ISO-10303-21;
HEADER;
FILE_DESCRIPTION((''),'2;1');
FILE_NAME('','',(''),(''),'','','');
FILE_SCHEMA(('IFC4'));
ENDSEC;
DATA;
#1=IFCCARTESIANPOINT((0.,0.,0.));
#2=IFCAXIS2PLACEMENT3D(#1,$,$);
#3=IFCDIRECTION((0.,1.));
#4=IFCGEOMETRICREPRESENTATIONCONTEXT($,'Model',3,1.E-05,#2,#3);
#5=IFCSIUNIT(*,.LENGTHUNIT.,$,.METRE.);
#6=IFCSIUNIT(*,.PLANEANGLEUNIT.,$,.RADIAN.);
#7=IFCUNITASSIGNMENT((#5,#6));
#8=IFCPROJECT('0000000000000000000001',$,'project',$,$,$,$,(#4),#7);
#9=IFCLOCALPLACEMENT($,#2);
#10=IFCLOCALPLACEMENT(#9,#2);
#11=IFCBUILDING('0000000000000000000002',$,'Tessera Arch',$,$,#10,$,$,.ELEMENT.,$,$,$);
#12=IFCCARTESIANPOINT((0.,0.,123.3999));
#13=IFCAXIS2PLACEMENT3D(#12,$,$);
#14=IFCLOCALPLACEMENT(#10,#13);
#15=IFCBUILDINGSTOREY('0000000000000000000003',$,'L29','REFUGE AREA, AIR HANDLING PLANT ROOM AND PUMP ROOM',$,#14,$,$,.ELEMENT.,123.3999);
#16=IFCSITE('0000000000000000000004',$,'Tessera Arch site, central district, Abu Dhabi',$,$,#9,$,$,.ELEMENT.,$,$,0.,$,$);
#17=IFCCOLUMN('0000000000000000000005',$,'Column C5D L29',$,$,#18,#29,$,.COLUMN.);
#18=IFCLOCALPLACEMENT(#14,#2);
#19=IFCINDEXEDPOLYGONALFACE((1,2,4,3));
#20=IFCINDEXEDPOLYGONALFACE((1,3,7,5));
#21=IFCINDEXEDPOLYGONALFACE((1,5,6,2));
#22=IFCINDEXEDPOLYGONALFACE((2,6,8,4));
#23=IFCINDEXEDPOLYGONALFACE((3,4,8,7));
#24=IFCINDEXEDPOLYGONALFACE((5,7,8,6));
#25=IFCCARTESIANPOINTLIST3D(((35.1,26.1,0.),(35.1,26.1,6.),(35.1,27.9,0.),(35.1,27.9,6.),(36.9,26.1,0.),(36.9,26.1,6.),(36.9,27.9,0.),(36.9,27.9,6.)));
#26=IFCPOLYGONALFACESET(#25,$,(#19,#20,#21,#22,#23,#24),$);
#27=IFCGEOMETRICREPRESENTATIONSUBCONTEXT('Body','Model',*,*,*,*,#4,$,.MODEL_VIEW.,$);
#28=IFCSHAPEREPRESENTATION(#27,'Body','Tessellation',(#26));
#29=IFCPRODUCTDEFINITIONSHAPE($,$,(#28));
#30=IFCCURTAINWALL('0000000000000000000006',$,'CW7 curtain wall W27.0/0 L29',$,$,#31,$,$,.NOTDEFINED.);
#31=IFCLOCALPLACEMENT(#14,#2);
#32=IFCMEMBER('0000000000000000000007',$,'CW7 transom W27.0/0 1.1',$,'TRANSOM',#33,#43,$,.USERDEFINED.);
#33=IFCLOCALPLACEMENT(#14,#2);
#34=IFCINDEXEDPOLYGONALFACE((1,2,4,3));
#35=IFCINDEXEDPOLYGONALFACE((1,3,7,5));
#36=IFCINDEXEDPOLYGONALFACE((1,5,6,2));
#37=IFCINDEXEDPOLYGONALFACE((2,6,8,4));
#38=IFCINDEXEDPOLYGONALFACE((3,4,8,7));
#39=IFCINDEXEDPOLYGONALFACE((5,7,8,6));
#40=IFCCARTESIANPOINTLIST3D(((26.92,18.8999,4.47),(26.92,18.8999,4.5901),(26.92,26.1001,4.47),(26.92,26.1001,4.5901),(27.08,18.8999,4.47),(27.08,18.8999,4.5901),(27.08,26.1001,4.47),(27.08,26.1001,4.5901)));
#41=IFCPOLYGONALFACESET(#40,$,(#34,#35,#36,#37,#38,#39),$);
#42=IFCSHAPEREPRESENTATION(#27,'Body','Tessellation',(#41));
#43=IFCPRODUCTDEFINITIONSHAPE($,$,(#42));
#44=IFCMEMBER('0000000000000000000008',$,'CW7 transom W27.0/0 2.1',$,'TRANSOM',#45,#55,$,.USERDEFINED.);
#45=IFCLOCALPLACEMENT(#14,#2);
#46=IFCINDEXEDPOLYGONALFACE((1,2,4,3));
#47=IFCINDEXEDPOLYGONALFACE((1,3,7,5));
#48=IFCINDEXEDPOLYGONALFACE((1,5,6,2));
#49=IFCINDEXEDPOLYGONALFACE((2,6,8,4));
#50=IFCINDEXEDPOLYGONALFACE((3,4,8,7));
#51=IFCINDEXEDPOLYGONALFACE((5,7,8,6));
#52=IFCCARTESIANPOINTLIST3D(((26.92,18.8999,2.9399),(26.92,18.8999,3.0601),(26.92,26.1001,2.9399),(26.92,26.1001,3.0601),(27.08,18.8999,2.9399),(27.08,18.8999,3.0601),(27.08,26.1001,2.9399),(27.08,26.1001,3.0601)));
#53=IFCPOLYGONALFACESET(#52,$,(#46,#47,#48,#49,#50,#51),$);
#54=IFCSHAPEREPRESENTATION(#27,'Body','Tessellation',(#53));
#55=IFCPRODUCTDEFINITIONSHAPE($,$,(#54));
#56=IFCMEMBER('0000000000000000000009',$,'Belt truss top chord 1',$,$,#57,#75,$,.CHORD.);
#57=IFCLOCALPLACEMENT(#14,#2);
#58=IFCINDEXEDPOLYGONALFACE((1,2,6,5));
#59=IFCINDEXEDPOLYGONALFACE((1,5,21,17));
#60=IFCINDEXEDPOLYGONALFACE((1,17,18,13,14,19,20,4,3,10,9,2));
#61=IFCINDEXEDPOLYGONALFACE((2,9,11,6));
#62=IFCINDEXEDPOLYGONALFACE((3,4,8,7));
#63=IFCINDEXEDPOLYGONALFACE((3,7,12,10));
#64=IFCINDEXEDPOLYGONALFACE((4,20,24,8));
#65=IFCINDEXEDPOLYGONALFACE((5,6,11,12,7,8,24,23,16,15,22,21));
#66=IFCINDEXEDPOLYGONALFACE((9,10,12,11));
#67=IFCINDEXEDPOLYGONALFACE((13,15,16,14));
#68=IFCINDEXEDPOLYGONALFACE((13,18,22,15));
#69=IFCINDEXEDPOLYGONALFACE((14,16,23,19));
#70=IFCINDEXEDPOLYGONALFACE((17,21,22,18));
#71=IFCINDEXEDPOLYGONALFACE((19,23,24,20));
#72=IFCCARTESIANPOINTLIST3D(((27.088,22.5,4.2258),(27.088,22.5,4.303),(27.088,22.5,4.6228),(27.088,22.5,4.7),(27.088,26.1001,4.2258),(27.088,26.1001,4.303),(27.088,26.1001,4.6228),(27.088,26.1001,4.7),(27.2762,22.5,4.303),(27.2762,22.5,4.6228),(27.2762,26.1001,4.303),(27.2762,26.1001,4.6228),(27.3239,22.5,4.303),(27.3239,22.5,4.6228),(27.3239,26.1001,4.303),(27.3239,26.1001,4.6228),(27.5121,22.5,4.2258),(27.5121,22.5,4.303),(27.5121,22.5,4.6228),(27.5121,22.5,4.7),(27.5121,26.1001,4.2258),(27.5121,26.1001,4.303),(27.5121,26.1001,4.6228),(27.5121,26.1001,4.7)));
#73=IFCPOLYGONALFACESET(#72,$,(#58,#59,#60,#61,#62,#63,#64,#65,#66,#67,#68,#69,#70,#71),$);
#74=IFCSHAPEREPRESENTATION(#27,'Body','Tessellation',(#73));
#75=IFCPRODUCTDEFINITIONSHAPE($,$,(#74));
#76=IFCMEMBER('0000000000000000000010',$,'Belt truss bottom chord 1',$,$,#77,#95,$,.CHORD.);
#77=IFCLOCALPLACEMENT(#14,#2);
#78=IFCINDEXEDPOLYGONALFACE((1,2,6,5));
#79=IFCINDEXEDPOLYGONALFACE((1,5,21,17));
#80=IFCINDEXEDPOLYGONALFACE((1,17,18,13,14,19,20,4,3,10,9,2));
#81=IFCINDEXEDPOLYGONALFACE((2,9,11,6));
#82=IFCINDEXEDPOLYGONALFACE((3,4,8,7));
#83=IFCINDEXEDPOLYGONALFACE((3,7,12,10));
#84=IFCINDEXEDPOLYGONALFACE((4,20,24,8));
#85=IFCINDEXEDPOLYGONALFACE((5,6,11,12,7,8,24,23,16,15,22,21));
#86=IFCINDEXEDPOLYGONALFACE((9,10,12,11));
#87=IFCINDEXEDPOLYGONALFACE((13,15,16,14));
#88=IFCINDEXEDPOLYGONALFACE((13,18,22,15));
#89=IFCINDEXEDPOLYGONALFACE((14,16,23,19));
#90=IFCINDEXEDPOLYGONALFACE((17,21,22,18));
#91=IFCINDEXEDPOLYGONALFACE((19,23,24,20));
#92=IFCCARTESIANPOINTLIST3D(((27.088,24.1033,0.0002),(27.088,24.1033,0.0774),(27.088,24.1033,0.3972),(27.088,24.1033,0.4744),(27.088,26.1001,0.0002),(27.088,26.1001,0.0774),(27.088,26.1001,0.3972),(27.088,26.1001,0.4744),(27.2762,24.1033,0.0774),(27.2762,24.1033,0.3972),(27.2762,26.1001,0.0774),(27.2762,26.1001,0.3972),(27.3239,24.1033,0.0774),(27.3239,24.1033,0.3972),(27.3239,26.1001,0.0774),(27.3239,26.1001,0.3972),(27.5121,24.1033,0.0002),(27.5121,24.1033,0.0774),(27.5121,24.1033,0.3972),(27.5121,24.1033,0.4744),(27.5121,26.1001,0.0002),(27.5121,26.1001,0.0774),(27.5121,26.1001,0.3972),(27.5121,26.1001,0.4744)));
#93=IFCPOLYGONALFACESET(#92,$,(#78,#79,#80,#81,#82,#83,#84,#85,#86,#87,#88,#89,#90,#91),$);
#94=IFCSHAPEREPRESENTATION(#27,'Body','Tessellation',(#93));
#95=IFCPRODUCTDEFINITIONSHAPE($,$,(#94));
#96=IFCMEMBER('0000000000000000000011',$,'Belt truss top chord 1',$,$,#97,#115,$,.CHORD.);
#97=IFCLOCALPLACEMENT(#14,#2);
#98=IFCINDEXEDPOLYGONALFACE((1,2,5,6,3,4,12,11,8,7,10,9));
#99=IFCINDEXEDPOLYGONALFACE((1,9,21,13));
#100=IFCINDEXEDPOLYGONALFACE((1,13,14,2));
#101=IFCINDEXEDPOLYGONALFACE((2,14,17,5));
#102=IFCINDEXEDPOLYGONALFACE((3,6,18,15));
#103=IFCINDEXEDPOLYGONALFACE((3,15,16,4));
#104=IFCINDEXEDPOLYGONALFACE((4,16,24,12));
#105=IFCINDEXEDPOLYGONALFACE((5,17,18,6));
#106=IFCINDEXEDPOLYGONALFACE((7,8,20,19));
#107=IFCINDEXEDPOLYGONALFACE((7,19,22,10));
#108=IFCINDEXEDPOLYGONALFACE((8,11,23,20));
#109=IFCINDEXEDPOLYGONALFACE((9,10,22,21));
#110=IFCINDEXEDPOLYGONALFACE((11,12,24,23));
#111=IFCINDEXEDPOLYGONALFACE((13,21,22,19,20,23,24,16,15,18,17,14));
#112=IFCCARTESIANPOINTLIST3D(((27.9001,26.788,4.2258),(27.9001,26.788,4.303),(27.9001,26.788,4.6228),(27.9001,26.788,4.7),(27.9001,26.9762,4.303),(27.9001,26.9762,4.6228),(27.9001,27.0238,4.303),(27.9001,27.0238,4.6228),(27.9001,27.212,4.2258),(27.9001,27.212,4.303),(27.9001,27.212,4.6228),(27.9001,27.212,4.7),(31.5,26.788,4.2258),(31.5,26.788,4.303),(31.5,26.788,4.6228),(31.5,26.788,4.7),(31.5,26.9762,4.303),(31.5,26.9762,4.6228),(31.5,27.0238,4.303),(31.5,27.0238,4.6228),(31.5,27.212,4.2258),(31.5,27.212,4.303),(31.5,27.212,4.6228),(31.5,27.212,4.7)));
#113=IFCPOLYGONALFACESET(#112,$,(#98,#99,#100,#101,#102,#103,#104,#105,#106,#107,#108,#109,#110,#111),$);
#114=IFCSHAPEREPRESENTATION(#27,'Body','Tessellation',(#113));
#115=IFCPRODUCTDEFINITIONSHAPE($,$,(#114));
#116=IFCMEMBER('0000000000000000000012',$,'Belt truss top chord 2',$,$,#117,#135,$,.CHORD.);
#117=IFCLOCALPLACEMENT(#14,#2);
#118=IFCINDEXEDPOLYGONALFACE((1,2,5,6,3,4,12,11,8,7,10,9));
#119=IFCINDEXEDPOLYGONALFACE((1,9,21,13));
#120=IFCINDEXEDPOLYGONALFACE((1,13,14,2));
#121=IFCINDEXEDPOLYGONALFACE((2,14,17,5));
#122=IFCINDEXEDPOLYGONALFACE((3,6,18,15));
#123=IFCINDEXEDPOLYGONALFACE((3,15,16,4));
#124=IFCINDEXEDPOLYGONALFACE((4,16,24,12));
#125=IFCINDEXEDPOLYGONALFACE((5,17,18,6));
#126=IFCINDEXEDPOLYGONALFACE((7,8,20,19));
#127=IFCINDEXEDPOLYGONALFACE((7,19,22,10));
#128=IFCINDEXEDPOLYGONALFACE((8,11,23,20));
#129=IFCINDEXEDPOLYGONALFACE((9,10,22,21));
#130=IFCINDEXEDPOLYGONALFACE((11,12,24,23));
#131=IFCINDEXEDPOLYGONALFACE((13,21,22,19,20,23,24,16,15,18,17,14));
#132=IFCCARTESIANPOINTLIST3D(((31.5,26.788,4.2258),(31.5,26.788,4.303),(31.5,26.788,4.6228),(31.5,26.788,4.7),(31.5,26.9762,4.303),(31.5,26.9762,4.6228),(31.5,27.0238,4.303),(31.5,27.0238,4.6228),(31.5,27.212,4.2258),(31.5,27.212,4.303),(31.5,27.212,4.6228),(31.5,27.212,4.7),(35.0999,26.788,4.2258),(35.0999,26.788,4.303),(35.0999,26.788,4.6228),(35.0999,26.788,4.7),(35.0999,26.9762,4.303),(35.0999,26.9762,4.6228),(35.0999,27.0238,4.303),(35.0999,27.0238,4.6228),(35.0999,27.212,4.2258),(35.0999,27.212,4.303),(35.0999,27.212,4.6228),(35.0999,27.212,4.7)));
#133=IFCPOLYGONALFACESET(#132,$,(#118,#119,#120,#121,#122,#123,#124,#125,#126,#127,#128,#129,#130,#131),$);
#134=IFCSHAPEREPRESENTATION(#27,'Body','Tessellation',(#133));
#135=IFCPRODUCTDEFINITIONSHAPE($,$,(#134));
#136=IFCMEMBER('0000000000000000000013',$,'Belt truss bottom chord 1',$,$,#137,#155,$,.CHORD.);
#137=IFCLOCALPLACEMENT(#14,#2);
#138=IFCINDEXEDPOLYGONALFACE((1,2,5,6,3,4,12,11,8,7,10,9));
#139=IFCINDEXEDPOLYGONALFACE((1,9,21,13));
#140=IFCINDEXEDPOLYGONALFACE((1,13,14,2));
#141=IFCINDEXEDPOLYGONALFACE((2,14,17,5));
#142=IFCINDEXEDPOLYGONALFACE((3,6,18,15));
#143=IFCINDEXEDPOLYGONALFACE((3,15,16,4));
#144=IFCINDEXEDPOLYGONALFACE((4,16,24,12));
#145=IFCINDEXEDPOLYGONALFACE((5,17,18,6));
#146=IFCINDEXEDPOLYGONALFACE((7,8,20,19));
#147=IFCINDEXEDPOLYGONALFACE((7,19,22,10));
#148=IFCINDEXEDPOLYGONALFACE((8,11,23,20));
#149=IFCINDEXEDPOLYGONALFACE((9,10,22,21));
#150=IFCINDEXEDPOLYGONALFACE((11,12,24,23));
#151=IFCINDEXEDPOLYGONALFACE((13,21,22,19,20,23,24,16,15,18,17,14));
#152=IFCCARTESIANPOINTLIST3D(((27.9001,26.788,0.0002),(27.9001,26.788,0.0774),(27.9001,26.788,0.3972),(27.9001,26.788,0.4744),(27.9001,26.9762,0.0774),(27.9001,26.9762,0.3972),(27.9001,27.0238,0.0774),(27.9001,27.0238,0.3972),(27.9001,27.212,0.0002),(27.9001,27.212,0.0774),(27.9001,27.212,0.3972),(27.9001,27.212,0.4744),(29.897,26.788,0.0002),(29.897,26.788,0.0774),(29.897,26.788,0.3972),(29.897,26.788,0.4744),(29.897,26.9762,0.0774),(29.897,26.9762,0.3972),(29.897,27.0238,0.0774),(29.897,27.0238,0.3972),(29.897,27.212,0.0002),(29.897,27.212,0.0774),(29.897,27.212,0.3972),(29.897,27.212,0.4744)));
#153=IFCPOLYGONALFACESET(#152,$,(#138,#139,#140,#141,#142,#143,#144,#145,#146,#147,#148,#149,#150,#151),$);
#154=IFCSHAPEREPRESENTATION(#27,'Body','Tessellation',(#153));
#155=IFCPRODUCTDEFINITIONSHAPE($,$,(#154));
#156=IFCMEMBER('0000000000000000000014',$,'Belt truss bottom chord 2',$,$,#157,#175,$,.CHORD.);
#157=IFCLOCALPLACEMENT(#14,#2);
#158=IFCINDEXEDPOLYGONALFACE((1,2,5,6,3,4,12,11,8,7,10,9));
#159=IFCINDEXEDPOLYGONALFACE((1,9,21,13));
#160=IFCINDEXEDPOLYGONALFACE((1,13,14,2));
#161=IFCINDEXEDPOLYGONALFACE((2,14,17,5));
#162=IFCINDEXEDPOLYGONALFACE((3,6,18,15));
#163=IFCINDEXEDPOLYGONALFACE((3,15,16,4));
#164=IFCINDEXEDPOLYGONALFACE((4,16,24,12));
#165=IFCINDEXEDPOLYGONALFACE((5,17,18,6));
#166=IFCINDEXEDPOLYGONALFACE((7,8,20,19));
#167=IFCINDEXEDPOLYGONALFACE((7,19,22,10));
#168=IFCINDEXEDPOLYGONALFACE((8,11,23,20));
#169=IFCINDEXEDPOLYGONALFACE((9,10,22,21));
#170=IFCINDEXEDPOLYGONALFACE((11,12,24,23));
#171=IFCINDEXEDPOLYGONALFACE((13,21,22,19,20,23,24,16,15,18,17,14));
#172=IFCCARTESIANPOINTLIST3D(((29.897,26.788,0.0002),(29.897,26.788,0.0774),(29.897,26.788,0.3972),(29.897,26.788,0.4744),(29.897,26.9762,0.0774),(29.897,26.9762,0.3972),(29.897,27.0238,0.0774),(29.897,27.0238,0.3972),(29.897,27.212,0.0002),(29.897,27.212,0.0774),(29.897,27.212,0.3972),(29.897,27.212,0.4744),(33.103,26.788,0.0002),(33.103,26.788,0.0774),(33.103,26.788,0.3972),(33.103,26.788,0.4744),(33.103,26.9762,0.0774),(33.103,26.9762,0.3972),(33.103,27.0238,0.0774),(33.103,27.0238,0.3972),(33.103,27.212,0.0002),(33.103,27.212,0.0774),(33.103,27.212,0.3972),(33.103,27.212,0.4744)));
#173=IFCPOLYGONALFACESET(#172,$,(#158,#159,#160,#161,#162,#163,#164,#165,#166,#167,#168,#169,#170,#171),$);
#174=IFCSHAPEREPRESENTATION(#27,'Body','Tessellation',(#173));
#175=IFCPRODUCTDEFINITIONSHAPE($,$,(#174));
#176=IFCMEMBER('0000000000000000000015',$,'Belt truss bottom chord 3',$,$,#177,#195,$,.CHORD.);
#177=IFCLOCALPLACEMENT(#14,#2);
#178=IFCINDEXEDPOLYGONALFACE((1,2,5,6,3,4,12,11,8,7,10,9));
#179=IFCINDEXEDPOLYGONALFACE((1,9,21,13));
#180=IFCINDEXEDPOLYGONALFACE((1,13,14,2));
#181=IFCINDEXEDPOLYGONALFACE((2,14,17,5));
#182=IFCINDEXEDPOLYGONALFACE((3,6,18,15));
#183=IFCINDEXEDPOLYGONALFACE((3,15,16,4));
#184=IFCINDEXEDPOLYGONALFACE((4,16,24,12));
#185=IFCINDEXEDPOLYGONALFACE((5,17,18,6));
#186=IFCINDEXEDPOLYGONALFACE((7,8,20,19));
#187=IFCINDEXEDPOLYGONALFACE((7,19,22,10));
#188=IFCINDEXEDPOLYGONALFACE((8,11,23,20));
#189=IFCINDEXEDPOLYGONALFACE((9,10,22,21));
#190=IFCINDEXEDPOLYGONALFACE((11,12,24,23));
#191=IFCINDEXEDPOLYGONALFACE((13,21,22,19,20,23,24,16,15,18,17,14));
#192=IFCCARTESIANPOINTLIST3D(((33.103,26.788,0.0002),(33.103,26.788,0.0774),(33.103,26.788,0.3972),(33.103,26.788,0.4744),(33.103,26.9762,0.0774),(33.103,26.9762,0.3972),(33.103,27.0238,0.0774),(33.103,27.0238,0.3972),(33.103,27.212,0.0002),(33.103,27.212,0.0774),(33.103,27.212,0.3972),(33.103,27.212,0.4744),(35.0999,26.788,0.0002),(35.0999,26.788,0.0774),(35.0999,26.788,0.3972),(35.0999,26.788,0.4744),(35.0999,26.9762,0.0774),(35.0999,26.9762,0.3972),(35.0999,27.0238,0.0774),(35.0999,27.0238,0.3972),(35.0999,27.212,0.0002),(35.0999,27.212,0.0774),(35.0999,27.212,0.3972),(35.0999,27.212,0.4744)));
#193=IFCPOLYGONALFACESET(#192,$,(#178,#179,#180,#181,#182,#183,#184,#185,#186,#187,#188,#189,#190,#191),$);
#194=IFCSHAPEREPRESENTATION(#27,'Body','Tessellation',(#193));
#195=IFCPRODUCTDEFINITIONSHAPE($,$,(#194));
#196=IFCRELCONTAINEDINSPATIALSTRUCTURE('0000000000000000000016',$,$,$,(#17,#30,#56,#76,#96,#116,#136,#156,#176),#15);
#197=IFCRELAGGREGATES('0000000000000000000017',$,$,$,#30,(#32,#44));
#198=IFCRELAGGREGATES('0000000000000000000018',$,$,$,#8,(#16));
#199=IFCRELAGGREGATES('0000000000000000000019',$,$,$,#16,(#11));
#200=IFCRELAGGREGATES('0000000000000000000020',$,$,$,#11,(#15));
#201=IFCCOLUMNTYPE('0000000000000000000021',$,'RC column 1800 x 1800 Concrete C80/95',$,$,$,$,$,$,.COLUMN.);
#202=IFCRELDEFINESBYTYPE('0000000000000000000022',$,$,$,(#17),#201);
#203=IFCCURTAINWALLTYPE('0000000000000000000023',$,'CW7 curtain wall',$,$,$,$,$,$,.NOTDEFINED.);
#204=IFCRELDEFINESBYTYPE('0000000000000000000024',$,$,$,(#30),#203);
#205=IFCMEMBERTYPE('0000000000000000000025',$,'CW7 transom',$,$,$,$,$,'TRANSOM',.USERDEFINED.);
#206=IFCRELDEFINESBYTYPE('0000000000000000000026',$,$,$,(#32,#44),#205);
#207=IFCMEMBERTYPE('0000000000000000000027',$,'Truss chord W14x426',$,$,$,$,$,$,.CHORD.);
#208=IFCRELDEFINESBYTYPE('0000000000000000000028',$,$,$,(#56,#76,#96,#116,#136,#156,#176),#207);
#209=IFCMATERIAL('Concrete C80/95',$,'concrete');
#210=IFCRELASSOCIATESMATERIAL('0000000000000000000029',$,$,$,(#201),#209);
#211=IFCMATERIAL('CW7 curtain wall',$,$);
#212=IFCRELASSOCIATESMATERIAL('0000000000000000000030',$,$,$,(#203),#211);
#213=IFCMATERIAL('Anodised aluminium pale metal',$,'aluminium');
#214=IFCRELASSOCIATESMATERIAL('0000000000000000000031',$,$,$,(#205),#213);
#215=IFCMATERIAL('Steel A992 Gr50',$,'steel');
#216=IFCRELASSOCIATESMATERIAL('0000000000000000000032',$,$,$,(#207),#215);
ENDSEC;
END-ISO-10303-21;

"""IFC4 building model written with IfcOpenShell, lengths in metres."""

from ifc_helpers import new_model, si_unit, direction, frame, origin, origin_2d, place, context, subcontext, project, spatial, rectangle, i_section, extrude, material, material_profile, profile_set, type_object, element, aggregate, save


model = new_model("IFC4")

# Units and contexts
model_context = context("Model", 3, precision=1e-05, world=origin(), true_north=direction((0.0, 1.0)))
body_context = subcontext(model_context, "Body", "Model", "MODEL_VIEW")
ifc_project = project(units=[si_unit("LENGTHUNIT", "METRE"), si_unit("PLANEANGLEUNIT", "RADIAN")], contexts=[model_context])

# Site, building, storey
site_placement = place(None, origin())
site = spatial("IfcSite", under=ifc_project, at=site_placement, Name="Tessera Arch site, central district, Abu Dhabi", CompositionType="ELEMENT", RefElevation=0.0)
building_placement = place(site_placement, origin())
building = spatial("IfcBuilding", under=site, at=building_placement, Name="Tessera Arch", CompositionType="ELEMENT")
storey_placement = place(building_placement, frame((0.0, 0.0, 123.3999)))
storey = spatial("IfcBuildingStorey", under=building, at=storey_placement, Name="L29", Description="REFUGE AREA, AIR HANDLING PLANT ROOM AND PUMP ROOM", CompositionType="ELEMENT", Elevation=123.3999)

# Column
ifc_material_1 = material(Name="Concrete C80/95", Category="concrete")
ifc_material_profile_1 = material_profile(ifc_material_1, rectangle(XDim=1.8, YDim=1.8, at=origin_2d()), Name="RC column 1800 x 1800 Concrete C80/95")
ifc_profile_set_1 = profile_set([ifc_material_profile_1], Name="Concrete C80/95")
column_type = type_object("IfcColumnType", Name="RC column 1800 x 1800 Concrete C80/95", PredefinedType="COLUMN", material=ifc_profile_set_1)
column_placement = place(storey_placement, frame((36.0, 27.0, 0.0), z_axis=(0.0, 0.0, 1.0), x_axis=(1.0, 0.0, 0.0)))
element("IfcColumn", 1, at=column_placement, inside=storey, type_object=column_type, Name="Column C5D L29", PredefinedType="COLUMN", context=body_context, shape_type="SweptSolid", body=[
    extrude(rectangle(XDim=1.8, YDim=1.8, at=origin_2d()), origin(), (0.0, 0.0, 1.0), 6.0),
])

# Curtain wall, members
ifc_material_2 = material(Name="CW7 curtain wall")
curtain_wall_type = type_object("IfcCurtainWallType", Name="CW7 curtain wall", PredefinedType="NOTDEFINED", material=ifc_material_2)
curtain_wall_placement = place(storey_placement, origin())
curtain_wall = element("IfcCurtainWall", 2, at=curtain_wall_placement, inside=storey, type_object=curtain_wall_type, Name="CW7 curtain wall W27.0/0 L29", PredefinedType="NOTDEFINED")
ifc_material_3 = material(Name="Anodised aluminium pale metal", Category="aluminium")
ifc_material_profile_2 = material_profile(ifc_material_3, rectangle(XDim=0.1599, YDim=0.1201, at=origin_2d()), Name="AL 160x120")
ifc_profile_set_2 = profile_set([ifc_material_profile_2], Name="Anodised aluminium pale metal")
member_type_1 = type_object("IfcMemberType", Name="CW7 transom", ElementType="TRANSOM", PredefinedType="USERDEFINED", material=ifc_profile_set_2)
member_1_placement = place(storey_placement, frame((27.0, 26.1001, 4.53), z_axis=(0.0, -1.0, 0.0), x_axis=(1.0, 0.0, 0.0)))
member_1 = element("IfcMember", 3, at=member_1_placement, type_object=member_type_1, Name="CW7 transom W27.0/0 1.1", ObjectType="TRANSOM", PredefinedType="USERDEFINED", context=body_context, shape_type="SweptSolid", body=[
    extrude(rectangle(XDim=0.1599, YDim=0.1201, at=origin_2d()), origin(), (0.0, 0.0, 1.0), 7.2002),
])
member_2_placement = place(storey_placement, frame((27.0, 26.1001, 3.0), z_axis=(0.0, -1.0, 0.0), x_axis=(1.0, 0.0, 0.0)))
member_2 = element("IfcMember", 4, at=member_2_placement, type_object=member_type_1, Name="CW7 transom W27.0/0 2.1", ObjectType="TRANSOM", PredefinedType="USERDEFINED", context=body_context, shape_type="SweptSolid", body=[
    extrude(rectangle(XDim=0.1599, YDim=0.1201, at=origin_2d()), origin(), (0.0, 0.0, 1.0), 7.2002),
])

# Members
ifc_material_4 = material(Name="Steel A992 Gr50", Category="steel")
ifc_material_profile_3 = material_profile(ifc_material_4, i_section(OverallWidth=0.4241, OverallDepth=0.4741, WebThickness=0.0476, FlangeThickness=0.0771, at=origin_2d()), Name="W14x426")
ifc_profile_set_3 = profile_set([ifc_material_profile_3], Name="Steel A992 Gr50")
member_type_2 = type_object("IfcMemberType", Name="Truss chord W14x426", PredefinedType="CHORD", material=ifc_profile_set_3)
member_3_placement = place(storey_placement, frame((27.3, 26.1001, 4.4629), z_axis=(0.0, -1.0, 0.0), x_axis=(1.0, 0.0, 0.0)))
element("IfcMember", 5, at=member_3_placement, inside=storey, type_object=member_type_2, Name="Belt truss top chord 1", PredefinedType="CHORD", context=body_context, shape_type="SweptSolid", body=[
    extrude(i_section(OverallWidth=0.4241, OverallDepth=0.4741, WebThickness=0.0476, FlangeThickness=0.0771, at=origin_2d()), origin(), (0.0, 0.0, 1.0), 3.6001),
])
member_4_placement = place(storey_placement, frame((27.3, 26.1001, 0.2373), z_axis=(0.0, -1.0, 0.0), x_axis=(1.0, 0.0, 0.0)))
element("IfcMember", 6, at=member_4_placement, inside=storey, type_object=member_type_2, Name="Belt truss bottom chord 1", PredefinedType="CHORD", context=body_context, shape_type="SweptSolid", body=[
    extrude(i_section(OverallWidth=0.4241, OverallDepth=0.4741, WebThickness=0.0476, FlangeThickness=0.0771, at=origin_2d()), origin(), (0.0, 0.0, 1.0), 1.9968),
])
for number, where, z_axis, x_axis, name in (
    (7, (27.9001, 27.0, 4.4629), (1.0, 0.0, 0.0), (0.0, 1.0, 0.0), "Belt truss top chord 1"),
    (8, (31.5, 27.0, 4.4629), (1.0, 0.0, 0.0), (0.0, 1.0, 0.0), "Belt truss top chord 2"),
):
    element("IfcMember", number, at=place(storey_placement, frame(where, z_axis=z_axis, x_axis=x_axis)), inside=storey, type_object=member_type_2, Name=name, PredefinedType="CHORD", context=body_context, shape_type="SweptSolid", body=[
        extrude(i_section(OverallWidth=0.4241, OverallDepth=0.4741, WebThickness=0.0476, FlangeThickness=0.0771, at=origin_2d()), origin(), (0.0, 0.0, 1.0), 3.5999),
    ])
member_5_placement = place(storey_placement, frame((27.9001, 27.0, 0.2373), z_axis=(1.0, 0.0, 0.0), x_axis=(0.0, 1.0, 0.0)))
element("IfcMember", 9, at=member_5_placement, inside=storey, type_object=member_type_2, Name="Belt truss bottom chord 1", PredefinedType="CHORD", context=body_context, shape_type="SweptSolid", body=[
    extrude(i_section(OverallWidth=0.4241, OverallDepth=0.4741, WebThickness=0.0476, FlangeThickness=0.0771, at=origin_2d()), origin(), (0.0, 0.0, 1.0), 1.9968),
])
member_6_placement = place(storey_placement, frame((29.897, 27.0, 0.2373), z_axis=(1.0, 0.0, 0.0), x_axis=(0.0, 1.0, 0.0)))
element("IfcMember", 10, at=member_6_placement, inside=storey, type_object=member_type_2, Name="Belt truss bottom chord 2", PredefinedType="CHORD", context=body_context, shape_type="SweptSolid", body=[
    extrude(i_section(OverallWidth=0.4241, OverallDepth=0.4741, WebThickness=0.0476, FlangeThickness=0.0771, at=origin_2d()), origin(), (0.0, 0.0, 1.0), 3.2061),
])
member_7_placement = place(storey_placement, frame((33.103, 27.0, 0.2373), z_axis=(1.0, 0.0, 0.0), x_axis=(0.0, 1.0, 0.0)))
element("IfcMember", 11, at=member_7_placement, inside=storey, type_object=member_type_2, Name="Belt truss bottom chord 3", PredefinedType="CHORD", context=body_context, shape_type="SweptSolid", body=[
    extrude(i_section(OverallWidth=0.4241, OverallDepth=0.4741, WebThickness=0.0476, FlangeThickness=0.0771, at=origin_2d()), origin(), (0.0, 0.0, 1.0), 1.9968),
])

aggregate(curtain_wall, [member_1, member_2])

save(model, "model.ifc")
